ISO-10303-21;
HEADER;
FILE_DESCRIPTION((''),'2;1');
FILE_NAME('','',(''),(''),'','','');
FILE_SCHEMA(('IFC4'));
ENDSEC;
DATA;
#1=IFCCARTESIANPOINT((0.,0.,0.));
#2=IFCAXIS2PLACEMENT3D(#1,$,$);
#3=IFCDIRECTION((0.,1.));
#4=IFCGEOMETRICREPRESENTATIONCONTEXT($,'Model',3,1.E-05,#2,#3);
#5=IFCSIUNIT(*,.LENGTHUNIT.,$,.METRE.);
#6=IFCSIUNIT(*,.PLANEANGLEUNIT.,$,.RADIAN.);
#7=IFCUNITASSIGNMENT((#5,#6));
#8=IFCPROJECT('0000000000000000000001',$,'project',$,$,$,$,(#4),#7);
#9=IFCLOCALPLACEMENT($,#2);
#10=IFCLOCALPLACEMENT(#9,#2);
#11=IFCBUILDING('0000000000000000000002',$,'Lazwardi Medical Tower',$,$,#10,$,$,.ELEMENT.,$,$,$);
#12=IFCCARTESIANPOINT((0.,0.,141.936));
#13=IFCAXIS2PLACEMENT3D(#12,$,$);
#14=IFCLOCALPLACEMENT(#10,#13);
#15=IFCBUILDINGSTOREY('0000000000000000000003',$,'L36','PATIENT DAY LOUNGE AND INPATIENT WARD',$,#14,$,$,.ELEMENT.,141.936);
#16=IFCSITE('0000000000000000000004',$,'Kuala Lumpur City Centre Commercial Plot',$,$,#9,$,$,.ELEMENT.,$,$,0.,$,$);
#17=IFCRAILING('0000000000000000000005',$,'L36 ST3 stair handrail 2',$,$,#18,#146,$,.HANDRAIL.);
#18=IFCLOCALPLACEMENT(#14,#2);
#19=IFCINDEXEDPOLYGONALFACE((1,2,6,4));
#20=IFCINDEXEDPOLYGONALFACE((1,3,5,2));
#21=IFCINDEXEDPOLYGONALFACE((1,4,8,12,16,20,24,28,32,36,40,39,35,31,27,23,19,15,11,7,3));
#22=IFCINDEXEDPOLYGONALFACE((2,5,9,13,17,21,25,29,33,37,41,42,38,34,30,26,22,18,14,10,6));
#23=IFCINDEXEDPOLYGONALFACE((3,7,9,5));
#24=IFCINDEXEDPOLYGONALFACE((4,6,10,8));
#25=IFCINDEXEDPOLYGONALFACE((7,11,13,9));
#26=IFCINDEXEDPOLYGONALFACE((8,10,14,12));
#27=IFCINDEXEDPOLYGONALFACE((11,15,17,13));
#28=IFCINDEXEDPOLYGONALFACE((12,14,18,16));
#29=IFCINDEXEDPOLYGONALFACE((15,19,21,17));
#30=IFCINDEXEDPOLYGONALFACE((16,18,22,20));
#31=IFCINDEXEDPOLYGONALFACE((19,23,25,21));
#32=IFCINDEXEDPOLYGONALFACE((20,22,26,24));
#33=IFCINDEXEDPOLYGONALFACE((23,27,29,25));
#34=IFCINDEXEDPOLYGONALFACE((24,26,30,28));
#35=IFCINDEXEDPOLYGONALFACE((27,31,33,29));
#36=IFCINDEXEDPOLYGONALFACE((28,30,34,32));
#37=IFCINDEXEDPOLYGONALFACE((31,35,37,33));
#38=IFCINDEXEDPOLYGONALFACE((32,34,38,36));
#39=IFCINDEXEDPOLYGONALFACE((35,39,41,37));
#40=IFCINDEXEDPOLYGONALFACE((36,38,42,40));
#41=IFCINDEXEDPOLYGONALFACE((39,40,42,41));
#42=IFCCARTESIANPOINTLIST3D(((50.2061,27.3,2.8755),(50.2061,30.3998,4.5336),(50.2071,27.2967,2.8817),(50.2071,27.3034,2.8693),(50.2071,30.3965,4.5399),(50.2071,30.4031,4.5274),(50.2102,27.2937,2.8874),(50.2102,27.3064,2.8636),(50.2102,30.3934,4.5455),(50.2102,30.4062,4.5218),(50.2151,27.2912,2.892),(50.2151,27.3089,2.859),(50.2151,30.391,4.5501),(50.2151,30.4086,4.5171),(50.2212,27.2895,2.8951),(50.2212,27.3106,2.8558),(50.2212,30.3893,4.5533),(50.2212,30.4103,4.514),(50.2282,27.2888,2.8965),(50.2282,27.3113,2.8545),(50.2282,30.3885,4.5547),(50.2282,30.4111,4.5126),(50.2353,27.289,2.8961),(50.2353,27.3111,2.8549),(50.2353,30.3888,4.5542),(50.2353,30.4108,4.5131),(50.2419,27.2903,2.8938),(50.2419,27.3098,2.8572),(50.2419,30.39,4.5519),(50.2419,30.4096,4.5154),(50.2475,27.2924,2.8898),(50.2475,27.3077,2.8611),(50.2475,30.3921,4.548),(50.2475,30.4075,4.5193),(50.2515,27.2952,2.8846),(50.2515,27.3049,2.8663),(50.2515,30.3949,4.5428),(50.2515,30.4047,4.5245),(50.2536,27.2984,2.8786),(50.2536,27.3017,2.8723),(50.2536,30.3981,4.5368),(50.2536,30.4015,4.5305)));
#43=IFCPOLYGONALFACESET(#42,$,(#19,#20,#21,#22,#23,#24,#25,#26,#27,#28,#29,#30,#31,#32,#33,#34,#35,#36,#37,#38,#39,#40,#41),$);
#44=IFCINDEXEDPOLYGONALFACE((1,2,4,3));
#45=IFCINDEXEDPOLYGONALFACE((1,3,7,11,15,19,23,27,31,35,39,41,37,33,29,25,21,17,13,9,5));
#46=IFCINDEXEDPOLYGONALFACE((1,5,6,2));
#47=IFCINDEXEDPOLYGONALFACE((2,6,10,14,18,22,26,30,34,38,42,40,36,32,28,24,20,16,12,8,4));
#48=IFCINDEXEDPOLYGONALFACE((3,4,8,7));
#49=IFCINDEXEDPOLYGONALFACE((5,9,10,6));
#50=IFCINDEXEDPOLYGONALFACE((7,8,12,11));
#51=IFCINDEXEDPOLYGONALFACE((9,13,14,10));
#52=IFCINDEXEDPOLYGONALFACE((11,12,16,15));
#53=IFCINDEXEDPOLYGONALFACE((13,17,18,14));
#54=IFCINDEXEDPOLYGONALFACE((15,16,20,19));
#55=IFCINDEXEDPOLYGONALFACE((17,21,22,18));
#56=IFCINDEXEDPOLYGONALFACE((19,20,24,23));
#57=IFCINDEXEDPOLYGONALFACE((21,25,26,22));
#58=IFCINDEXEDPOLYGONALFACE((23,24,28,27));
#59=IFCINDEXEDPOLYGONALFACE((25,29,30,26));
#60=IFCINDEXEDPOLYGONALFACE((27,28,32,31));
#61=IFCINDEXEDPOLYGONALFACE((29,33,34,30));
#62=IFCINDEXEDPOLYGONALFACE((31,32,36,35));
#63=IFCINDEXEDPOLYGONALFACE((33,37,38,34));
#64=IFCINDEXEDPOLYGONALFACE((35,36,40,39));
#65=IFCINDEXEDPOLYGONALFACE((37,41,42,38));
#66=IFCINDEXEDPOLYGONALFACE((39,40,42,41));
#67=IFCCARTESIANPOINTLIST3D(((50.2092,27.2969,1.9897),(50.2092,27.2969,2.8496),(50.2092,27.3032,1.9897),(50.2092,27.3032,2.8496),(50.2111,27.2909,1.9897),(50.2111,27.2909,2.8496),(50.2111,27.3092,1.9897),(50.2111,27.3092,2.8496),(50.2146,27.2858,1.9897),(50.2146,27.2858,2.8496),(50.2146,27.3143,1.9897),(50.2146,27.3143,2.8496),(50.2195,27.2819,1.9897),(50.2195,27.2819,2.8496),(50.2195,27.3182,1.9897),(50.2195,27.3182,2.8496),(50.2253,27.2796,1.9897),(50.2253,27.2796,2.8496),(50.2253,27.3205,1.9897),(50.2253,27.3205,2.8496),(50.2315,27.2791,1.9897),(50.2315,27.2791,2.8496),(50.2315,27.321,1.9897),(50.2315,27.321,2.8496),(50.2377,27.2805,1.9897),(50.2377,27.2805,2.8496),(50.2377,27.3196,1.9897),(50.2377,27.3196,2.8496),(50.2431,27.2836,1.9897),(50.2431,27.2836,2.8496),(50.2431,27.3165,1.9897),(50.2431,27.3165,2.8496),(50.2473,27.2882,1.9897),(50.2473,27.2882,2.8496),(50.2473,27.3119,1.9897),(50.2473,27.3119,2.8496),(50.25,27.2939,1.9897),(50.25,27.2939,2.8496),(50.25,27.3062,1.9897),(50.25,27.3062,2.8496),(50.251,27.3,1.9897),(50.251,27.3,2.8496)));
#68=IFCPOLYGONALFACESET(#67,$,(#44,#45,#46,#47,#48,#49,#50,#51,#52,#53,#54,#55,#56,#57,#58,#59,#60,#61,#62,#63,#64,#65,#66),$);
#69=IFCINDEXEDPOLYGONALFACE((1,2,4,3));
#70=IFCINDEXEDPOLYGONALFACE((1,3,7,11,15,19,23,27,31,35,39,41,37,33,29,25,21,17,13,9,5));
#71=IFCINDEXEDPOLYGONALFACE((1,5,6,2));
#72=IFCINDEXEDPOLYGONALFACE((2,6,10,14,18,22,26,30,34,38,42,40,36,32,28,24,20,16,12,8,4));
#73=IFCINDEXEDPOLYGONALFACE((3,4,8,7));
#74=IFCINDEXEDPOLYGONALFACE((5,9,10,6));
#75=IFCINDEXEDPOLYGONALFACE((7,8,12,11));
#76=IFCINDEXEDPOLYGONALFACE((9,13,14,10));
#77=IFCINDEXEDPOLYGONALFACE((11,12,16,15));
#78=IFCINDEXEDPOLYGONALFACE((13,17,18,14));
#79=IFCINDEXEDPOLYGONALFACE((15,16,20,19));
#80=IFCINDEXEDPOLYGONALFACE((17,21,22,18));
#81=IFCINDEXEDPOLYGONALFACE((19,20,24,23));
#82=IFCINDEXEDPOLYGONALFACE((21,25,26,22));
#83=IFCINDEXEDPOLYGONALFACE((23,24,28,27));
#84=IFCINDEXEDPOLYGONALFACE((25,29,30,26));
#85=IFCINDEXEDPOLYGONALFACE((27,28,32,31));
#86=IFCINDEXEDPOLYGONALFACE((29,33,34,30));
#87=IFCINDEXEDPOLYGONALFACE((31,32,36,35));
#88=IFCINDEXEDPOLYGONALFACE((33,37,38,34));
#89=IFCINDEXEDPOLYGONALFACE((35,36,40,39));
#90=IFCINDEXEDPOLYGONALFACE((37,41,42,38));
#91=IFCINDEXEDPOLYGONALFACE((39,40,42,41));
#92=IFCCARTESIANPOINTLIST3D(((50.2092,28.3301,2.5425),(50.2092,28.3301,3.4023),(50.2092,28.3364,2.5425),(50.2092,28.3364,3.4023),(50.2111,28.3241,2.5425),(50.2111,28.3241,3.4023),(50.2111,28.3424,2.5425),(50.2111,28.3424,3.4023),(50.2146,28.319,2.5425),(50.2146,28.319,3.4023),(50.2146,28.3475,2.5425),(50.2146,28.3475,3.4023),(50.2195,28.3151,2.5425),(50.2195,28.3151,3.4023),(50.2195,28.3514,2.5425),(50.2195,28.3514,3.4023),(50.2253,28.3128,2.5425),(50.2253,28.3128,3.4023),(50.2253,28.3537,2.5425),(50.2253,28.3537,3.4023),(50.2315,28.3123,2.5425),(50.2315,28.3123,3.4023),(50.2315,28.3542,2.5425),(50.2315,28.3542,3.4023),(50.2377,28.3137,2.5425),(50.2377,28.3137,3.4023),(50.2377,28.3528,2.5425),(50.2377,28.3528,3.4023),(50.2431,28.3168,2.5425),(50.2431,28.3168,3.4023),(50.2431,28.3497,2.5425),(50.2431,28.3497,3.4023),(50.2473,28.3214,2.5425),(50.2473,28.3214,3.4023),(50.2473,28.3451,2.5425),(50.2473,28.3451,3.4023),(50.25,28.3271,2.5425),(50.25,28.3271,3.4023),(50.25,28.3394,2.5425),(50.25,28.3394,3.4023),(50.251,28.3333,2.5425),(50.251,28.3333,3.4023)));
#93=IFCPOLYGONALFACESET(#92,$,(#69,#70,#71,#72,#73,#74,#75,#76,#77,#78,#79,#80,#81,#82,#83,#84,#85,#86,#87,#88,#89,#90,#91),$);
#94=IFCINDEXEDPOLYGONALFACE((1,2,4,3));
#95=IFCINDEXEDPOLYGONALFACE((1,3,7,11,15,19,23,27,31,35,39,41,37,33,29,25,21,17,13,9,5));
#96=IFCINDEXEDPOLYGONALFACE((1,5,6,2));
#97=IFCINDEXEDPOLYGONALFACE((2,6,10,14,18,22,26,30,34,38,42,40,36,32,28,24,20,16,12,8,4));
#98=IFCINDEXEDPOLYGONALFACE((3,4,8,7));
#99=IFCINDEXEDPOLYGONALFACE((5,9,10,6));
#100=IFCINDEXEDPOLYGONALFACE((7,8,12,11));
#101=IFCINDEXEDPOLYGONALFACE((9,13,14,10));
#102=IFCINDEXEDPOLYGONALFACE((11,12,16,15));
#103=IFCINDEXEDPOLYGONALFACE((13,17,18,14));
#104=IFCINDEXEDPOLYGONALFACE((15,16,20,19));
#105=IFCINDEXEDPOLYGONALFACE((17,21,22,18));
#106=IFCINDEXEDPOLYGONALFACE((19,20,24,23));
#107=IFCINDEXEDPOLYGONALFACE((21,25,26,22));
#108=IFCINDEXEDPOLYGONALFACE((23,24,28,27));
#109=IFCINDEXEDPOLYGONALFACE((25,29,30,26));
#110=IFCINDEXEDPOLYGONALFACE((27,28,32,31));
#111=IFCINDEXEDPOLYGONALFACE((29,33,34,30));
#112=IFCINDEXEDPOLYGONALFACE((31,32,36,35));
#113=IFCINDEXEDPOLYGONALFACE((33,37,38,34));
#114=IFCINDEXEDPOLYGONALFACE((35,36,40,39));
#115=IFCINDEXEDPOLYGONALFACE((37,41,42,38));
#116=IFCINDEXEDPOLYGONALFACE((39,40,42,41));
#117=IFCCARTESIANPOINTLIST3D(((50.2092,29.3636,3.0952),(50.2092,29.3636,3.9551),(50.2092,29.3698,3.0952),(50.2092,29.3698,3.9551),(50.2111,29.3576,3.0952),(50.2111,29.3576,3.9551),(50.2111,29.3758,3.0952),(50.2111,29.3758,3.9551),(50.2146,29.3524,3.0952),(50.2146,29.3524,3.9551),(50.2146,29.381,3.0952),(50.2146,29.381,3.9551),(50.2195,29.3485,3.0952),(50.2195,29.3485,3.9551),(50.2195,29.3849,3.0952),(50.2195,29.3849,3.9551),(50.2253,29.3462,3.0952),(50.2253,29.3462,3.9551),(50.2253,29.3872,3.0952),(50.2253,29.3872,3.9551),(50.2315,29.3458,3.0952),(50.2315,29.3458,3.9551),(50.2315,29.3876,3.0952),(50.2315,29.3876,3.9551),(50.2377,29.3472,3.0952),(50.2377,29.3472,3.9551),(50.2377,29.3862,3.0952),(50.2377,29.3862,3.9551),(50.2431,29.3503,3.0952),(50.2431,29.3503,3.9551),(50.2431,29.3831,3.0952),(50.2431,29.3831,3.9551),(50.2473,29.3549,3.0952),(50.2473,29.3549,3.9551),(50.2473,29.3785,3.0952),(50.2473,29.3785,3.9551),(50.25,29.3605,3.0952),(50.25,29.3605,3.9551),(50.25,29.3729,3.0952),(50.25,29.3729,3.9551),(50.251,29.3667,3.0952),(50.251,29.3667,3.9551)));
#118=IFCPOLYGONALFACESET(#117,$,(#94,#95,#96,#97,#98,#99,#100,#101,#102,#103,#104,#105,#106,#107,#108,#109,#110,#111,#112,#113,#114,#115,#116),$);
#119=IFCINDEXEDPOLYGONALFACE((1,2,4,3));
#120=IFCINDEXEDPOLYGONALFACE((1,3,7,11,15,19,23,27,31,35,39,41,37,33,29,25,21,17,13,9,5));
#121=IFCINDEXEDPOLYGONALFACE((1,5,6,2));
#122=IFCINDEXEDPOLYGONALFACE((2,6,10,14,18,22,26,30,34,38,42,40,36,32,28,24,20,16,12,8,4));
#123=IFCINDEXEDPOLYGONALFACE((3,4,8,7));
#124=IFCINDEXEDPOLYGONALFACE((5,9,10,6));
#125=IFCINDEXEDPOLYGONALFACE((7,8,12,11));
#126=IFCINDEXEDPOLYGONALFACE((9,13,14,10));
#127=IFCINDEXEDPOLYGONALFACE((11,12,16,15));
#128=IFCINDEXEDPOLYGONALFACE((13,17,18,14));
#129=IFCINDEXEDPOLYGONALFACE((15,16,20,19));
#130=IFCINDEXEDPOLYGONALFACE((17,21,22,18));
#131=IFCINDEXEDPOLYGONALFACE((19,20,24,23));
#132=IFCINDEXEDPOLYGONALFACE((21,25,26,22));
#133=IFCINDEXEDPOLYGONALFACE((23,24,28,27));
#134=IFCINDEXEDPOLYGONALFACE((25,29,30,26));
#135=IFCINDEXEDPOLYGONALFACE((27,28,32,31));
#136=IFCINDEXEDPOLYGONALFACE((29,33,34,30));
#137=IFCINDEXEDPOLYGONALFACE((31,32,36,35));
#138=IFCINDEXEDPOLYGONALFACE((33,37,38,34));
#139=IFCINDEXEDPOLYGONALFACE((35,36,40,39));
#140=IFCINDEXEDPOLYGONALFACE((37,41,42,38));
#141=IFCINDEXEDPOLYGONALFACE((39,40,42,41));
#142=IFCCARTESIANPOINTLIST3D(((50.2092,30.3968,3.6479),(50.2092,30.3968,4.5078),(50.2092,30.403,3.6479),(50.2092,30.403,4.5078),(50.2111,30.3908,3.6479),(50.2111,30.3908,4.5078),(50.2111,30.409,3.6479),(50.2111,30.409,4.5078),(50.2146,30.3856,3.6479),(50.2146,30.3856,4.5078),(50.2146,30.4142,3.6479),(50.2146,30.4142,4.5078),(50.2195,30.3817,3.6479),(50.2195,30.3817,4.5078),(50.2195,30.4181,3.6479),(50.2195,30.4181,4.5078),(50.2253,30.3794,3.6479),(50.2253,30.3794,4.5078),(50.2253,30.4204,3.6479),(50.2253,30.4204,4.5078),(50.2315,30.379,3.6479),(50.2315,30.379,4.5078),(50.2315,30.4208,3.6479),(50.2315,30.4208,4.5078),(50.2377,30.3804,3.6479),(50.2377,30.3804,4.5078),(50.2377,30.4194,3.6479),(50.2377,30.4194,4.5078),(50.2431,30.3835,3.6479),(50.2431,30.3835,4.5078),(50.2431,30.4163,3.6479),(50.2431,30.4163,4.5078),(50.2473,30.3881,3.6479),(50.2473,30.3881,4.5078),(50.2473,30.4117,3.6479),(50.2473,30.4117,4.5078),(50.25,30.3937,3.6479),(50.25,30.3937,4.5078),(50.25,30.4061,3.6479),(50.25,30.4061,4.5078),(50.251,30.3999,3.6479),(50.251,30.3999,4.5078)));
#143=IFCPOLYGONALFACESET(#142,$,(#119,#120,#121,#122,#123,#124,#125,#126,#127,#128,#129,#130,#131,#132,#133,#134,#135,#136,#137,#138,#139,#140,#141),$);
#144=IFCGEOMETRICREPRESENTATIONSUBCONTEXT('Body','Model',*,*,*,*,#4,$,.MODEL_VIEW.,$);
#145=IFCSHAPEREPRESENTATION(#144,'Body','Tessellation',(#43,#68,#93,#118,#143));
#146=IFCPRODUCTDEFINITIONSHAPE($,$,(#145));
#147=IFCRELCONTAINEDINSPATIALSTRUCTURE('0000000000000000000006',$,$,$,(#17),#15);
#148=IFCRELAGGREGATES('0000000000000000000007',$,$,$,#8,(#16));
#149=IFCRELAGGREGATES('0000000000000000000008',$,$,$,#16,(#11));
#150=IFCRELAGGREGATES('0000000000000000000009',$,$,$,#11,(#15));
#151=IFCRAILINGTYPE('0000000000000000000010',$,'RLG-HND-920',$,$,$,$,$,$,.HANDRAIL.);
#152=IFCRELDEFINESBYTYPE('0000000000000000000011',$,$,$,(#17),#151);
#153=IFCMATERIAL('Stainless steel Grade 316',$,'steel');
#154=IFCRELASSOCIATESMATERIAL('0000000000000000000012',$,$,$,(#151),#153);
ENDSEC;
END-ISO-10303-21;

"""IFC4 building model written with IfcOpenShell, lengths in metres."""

from ifc_helpers import new_model, si_unit, direction, frame, origin, origin_2d, place, context, subcontext, project, spatial, circle, extrude, material, type_object, element, save


model = new_model("IFC4")

# Units and contexts
model_context = context("Model", 3, precision=1e-05, world=origin(), true_north=direction((0.0, 1.0)))
body_context = subcontext(model_context, "Body", "Model", "MODEL_VIEW")
ifc_project = project(units=[si_unit("LENGTHUNIT", "METRE"), si_unit("PLANEANGLEUNIT", "RADIAN")], contexts=[model_context])

# Site, building, storey
site_placement = place(None, origin())
site = spatial("IfcSite", under=ifc_project, at=site_placement, Name="Kuala Lumpur City Centre Commercial Plot", CompositionType="ELEMENT", RefElevation=0.0)
building_placement = place(site_placement, origin())
building = spatial("IfcBuilding", under=site, at=building_placement, Name="Lazwardi Medical Tower", CompositionType="ELEMENT")
storey_placement = place(building_placement, frame((0.0, 0.0, 141.936)))
storey = spatial("IfcBuildingStorey", under=building, at=storey_placement, Name="L36", Description="PATIENT DAY LOUNGE AND INPATIENT WARD", CompositionType="ELEMENT", Elevation=141.936)

# Railing
ifc_material_1 = material(Name="Stainless steel Grade 316", Category="steel")
railing_type_1 = type_object("IfcRailingType", Name="RLG-HND-920", PredefinedType="HANDRAIL", material=ifc_material_1)
railing_1_placement = place(storey_placement, frame((50.23, 27.3, 1.9897)))
element("IfcRailing", 1, at=railing_1_placement, inside=storey, type_object=railing_type_1, Name="L36 ST3 stair handrail 2", PredefinedType="HANDRAIL", context=body_context, shape_type="SweptSolid", body=[
    extrude(circle(Radius=0.0239, at=origin_2d()), frame((0.0, 0.0, 0.8857), z_axis=(0.0, 0.881768, 0.471684), x_axis=(-1.0, 0.0, 0.0)), (0.0, 0.0, 1.0), 3.5154),
    extrude(circle(Radius=0.021, at=origin_2d()), origin(), (0.0, 0.0, 1.0), 0.8599),
    extrude(circle(Radius=0.021, at=origin_2d()), frame((0.0, 1.0332, 0.5527)), (0.0, 0.0, 1.0), 0.8599),
    extrude(circle(Radius=0.021, at=origin_2d()), frame((0.0, 2.0667, 1.1055)), (0.0, 0.0, 1.0), 0.8599),
    extrude(circle(Radius=0.021, at=origin_2d()), frame((0.0, 3.0999, 1.6582)), (0.0, 0.0, 1.0), 0.8599),
])

save(model, "model.ifc")
